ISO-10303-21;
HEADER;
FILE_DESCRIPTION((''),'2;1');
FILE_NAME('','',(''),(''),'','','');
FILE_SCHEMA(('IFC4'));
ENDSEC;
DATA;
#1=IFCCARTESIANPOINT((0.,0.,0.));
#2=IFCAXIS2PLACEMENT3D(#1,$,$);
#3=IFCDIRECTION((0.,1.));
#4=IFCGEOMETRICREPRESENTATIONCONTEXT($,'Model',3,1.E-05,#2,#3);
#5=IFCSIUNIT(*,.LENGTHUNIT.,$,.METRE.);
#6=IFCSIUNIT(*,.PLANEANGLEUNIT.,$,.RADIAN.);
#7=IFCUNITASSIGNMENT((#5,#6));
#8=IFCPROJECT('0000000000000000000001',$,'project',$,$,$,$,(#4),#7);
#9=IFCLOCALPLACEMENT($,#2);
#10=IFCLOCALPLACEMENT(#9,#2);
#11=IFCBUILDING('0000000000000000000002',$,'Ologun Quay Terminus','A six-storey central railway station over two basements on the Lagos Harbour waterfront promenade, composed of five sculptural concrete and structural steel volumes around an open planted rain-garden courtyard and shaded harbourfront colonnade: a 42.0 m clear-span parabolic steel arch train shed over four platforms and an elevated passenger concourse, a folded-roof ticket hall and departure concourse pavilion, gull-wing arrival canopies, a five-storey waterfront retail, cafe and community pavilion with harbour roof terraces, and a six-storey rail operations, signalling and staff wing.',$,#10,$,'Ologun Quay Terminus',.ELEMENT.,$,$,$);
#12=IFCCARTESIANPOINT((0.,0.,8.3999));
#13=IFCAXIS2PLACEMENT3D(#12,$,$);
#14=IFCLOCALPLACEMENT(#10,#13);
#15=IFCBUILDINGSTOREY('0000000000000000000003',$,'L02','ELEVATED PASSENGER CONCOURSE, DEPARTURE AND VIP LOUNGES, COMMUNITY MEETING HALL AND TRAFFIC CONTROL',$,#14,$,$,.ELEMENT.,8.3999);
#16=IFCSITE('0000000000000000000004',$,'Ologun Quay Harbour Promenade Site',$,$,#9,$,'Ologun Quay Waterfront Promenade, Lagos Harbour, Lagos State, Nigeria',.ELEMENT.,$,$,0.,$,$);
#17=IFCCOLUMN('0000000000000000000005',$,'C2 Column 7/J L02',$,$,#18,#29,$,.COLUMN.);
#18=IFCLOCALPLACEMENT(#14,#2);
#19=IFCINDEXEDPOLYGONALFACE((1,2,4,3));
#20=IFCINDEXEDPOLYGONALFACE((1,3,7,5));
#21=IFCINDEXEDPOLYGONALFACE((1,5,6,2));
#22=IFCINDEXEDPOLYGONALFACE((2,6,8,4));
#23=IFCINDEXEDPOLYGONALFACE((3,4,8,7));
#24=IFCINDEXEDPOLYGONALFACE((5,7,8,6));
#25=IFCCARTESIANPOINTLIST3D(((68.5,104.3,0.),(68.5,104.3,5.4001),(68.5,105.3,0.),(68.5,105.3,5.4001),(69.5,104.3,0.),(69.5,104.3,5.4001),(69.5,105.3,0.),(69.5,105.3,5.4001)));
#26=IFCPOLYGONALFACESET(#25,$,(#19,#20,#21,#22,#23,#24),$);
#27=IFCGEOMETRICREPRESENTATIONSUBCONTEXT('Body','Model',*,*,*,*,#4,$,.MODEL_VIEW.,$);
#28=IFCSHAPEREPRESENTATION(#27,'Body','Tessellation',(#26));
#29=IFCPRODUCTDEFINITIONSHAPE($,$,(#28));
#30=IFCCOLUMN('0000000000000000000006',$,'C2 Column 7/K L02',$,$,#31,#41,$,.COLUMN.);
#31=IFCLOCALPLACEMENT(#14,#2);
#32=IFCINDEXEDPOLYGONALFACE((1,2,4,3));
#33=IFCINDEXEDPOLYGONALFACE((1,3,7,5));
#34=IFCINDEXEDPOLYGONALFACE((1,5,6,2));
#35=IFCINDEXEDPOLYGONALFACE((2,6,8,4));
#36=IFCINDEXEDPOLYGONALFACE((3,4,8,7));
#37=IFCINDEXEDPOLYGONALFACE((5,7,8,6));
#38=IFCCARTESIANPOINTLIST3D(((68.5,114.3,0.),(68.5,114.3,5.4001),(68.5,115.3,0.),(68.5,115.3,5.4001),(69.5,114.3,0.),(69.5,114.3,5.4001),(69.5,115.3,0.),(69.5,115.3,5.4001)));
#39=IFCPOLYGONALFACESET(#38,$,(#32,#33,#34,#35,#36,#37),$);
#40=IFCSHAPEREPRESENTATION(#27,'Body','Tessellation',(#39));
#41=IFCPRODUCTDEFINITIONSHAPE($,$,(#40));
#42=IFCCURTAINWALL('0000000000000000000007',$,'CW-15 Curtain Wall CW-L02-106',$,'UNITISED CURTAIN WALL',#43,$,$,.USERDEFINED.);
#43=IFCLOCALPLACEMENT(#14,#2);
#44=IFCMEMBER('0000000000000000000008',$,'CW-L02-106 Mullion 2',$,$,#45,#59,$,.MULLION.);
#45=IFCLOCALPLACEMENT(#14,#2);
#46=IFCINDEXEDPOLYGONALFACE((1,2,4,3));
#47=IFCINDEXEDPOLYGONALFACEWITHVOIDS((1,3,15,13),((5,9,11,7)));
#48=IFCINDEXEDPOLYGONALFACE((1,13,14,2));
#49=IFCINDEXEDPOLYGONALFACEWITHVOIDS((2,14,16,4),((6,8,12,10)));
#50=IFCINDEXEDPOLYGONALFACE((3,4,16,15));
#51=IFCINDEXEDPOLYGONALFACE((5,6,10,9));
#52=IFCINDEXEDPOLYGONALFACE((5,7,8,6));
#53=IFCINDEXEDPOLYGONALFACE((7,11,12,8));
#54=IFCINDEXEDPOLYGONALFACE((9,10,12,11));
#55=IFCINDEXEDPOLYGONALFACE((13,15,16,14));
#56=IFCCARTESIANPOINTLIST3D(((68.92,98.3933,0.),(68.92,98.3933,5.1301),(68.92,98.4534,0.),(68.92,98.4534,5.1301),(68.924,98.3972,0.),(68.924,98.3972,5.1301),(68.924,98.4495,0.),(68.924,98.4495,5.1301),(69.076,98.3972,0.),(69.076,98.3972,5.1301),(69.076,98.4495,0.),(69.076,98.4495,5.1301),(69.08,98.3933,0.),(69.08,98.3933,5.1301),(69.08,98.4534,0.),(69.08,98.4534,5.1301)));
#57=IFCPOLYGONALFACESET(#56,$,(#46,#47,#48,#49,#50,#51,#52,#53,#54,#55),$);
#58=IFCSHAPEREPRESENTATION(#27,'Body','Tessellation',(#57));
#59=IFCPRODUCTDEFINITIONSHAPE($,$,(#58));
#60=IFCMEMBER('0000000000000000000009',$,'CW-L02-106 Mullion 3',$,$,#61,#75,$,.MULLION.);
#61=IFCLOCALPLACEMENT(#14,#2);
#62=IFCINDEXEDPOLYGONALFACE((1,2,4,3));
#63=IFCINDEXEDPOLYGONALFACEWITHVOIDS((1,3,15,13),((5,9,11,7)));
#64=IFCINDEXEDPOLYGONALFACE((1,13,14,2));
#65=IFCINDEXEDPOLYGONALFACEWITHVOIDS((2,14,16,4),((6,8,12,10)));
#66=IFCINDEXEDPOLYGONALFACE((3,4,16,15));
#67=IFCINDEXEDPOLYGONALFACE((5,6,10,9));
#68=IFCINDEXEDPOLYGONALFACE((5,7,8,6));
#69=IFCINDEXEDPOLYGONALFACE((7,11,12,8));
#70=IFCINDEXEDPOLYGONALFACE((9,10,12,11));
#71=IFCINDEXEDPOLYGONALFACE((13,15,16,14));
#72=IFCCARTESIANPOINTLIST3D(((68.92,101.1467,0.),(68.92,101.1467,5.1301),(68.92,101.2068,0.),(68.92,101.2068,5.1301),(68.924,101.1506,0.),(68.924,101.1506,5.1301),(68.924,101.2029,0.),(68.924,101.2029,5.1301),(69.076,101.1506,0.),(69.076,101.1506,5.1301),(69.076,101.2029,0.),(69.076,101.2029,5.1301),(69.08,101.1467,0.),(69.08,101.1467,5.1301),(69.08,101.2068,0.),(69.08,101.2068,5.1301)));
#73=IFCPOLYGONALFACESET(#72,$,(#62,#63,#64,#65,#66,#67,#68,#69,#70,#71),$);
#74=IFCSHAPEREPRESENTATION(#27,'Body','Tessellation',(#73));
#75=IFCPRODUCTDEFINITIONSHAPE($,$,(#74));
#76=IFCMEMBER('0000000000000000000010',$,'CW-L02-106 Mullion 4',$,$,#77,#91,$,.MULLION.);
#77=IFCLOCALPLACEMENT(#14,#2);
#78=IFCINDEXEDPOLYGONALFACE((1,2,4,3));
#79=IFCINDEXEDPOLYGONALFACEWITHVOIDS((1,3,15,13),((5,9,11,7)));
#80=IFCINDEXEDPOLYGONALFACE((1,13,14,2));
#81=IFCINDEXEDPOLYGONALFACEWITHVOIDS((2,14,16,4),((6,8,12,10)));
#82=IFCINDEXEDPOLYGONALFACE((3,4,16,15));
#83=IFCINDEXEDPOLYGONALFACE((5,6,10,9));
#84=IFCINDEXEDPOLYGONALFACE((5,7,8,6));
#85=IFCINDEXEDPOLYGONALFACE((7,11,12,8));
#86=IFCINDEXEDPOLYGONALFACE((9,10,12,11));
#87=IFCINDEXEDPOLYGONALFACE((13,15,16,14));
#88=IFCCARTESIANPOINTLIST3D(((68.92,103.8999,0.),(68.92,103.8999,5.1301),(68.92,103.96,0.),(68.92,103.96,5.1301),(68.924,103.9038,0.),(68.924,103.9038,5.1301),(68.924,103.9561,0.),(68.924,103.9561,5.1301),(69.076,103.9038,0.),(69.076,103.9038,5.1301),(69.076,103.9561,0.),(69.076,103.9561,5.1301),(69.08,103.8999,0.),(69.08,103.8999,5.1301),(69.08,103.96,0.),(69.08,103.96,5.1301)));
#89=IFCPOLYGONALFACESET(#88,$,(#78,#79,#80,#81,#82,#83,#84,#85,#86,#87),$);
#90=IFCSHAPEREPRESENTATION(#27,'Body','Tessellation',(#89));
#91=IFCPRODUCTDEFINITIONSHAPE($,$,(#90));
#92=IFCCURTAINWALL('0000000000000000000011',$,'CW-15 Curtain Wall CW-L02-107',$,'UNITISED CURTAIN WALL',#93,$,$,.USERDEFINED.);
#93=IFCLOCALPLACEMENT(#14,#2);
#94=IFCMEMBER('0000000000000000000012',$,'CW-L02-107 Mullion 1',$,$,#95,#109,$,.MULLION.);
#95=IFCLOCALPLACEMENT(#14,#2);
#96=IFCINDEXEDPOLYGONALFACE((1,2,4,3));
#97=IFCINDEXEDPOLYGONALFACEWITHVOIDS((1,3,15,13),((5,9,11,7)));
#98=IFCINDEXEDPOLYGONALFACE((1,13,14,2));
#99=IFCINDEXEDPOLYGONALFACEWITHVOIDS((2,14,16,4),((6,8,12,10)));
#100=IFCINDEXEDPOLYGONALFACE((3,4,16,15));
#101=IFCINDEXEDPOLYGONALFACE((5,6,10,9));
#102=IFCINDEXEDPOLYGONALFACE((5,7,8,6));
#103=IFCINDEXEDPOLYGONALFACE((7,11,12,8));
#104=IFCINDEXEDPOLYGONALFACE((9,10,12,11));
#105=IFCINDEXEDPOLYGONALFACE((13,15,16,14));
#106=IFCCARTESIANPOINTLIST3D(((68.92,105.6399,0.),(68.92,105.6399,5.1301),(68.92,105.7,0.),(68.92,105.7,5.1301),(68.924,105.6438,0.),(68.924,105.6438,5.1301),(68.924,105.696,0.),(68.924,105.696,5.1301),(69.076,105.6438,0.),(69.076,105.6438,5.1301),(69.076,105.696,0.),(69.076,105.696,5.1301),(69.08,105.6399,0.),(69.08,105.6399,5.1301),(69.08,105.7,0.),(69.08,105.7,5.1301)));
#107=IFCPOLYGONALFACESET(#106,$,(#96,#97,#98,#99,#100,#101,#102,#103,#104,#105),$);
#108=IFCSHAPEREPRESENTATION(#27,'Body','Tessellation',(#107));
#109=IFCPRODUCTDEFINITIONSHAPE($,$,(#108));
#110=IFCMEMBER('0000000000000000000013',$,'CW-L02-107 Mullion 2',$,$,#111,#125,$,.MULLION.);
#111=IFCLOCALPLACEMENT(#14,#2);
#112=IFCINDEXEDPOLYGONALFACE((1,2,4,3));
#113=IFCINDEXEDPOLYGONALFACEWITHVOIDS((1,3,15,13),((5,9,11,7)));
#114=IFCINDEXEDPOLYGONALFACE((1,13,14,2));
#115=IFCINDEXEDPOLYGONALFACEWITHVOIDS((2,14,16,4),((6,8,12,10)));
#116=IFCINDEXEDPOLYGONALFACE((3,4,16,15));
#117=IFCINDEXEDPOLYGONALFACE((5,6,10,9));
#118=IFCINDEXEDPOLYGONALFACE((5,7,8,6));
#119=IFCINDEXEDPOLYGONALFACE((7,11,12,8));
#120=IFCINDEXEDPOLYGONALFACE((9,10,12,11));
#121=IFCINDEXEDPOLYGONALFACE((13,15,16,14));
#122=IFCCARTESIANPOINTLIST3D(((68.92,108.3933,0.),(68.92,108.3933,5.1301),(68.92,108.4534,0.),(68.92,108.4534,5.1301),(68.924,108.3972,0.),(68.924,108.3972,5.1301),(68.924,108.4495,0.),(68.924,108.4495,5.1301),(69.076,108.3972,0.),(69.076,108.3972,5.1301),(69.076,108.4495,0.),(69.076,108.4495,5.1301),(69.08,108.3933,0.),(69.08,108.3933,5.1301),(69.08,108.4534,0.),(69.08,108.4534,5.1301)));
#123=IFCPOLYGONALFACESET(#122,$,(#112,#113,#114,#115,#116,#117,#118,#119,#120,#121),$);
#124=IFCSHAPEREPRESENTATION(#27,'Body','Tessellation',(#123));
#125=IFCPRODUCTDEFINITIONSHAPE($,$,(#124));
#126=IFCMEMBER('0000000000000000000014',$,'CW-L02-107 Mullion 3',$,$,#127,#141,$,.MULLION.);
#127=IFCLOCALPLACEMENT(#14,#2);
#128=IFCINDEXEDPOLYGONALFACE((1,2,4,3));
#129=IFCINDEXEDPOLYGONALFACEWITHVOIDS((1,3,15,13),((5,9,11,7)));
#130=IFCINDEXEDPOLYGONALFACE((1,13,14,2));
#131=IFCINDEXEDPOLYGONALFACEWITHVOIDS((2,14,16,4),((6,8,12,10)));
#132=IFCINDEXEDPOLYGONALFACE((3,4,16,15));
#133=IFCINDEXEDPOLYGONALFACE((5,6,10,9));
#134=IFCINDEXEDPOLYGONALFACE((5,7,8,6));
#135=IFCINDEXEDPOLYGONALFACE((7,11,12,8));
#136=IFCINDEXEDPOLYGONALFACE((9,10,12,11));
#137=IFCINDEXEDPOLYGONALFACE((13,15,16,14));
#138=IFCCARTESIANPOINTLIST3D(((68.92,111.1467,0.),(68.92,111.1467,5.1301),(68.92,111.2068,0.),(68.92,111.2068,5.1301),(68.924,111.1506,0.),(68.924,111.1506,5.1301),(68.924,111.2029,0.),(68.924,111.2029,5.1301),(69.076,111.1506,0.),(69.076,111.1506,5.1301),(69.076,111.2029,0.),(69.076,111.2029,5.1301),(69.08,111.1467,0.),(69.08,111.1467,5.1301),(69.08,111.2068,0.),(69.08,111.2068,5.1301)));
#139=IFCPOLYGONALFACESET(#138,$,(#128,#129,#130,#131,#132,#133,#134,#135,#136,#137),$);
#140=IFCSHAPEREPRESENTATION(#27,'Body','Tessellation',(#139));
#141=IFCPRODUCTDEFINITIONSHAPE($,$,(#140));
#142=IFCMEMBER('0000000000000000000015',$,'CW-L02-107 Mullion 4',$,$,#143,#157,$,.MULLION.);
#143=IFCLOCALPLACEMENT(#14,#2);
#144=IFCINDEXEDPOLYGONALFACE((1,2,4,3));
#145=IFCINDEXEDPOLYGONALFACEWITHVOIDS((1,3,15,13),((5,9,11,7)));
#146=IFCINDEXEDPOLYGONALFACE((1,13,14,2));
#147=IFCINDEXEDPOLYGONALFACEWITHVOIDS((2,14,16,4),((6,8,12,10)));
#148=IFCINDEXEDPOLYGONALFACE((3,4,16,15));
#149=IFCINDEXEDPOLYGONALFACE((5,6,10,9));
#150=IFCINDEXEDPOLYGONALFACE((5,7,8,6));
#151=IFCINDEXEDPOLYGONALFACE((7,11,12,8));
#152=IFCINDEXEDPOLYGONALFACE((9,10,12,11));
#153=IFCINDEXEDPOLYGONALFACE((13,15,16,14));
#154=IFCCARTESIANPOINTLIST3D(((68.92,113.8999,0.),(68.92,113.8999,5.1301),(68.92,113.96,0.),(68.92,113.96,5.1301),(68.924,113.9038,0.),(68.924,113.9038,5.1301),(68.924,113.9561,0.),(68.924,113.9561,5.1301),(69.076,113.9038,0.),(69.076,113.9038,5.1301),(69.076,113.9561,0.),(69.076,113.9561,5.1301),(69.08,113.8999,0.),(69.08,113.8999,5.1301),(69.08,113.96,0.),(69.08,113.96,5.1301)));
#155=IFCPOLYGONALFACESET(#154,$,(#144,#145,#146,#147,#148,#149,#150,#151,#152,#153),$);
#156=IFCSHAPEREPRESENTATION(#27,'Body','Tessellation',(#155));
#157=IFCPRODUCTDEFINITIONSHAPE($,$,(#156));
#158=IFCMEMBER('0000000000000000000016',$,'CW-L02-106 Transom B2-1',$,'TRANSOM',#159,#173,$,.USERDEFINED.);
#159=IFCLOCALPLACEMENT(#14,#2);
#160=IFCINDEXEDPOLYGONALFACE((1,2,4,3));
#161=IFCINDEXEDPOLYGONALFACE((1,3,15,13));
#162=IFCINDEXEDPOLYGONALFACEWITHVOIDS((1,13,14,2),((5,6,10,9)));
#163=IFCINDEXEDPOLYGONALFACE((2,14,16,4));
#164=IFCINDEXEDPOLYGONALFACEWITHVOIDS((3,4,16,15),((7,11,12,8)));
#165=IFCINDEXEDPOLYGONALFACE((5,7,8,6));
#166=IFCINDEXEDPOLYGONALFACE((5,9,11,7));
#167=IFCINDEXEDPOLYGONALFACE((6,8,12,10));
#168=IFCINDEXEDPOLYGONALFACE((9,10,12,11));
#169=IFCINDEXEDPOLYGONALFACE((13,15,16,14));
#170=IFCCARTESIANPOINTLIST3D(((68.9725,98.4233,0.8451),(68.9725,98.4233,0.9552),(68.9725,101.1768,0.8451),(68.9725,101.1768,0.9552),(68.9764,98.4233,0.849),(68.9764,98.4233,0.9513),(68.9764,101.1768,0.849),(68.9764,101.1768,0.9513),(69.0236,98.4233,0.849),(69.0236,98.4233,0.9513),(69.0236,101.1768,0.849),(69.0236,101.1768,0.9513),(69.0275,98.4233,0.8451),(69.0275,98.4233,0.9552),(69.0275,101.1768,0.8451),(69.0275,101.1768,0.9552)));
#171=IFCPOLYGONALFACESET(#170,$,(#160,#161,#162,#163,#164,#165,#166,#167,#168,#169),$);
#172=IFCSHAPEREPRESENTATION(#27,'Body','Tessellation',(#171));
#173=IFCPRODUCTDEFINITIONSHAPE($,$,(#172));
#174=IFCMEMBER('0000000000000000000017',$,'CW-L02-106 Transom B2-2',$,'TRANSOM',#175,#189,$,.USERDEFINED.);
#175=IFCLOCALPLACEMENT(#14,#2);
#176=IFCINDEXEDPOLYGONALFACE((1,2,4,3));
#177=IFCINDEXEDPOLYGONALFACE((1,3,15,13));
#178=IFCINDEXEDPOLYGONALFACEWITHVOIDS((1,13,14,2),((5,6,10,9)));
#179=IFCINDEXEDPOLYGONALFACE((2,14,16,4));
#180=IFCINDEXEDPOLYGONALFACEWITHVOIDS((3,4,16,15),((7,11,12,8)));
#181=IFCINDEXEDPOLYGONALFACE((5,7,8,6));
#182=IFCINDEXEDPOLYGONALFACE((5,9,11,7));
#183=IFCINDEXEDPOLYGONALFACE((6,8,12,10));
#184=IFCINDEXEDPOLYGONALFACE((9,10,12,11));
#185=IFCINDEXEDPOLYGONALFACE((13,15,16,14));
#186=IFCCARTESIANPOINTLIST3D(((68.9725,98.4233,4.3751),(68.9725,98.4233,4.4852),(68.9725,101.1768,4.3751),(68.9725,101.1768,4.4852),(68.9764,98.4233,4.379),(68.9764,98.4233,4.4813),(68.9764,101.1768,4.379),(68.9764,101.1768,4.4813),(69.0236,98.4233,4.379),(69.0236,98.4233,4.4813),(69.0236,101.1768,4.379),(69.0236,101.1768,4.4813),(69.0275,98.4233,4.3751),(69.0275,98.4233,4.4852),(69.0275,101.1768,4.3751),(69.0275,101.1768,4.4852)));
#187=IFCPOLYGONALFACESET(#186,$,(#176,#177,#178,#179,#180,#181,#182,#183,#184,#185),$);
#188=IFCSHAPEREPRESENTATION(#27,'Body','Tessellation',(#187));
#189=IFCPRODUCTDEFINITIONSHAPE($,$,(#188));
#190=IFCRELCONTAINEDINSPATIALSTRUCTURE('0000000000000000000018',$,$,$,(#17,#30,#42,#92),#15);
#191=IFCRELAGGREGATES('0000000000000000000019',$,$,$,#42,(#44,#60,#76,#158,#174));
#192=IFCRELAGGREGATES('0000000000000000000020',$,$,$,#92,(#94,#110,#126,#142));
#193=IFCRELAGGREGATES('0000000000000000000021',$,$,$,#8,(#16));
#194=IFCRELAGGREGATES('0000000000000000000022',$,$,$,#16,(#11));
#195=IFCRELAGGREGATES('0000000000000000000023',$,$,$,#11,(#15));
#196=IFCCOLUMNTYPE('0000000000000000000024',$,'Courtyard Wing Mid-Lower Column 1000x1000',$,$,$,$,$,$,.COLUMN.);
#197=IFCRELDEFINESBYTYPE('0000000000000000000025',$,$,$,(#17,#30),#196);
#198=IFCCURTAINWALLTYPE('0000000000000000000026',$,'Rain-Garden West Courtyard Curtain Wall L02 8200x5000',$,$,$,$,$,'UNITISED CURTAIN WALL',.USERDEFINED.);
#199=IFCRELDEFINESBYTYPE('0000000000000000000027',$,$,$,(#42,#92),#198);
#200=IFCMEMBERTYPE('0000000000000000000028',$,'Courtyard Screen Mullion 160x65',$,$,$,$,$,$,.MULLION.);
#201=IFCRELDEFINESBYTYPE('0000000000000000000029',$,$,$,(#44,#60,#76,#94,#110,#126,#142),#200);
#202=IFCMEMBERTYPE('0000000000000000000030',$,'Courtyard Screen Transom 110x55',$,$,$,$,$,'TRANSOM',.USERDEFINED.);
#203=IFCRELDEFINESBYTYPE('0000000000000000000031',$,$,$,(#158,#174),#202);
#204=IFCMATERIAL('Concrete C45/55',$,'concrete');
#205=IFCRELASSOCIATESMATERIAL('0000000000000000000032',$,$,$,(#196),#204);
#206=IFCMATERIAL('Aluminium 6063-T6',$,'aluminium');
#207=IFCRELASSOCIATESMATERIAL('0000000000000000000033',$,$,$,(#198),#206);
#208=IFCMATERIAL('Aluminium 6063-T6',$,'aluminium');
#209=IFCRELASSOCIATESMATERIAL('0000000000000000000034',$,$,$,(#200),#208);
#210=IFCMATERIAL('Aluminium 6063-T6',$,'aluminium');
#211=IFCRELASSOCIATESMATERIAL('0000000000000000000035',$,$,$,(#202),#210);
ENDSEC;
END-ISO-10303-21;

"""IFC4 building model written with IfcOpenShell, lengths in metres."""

from ifc_helpers import new_model, si_unit, direction, frame, origin, origin_2d, place, context, subcontext, project, spatial, rectangle, hollow_rectangle, extrude, material, material_profile, profile_set, type_object, element, aggregate, save


model = new_model("IFC4")

# Units and contexts
model_context = context("Model", 3, precision=1e-05, world=origin(), true_north=direction((0.0, 1.0)))
body_context = subcontext(model_context, "Body", "Model", "MODEL_VIEW")
ifc_project = project(units=[si_unit("LENGTHUNIT", "METRE"), si_unit("PLANEANGLEUNIT", "RADIAN")], contexts=[model_context])

# Site, building, storey
site_placement = place(None, origin())
site = spatial("IfcSite", under=ifc_project, at=site_placement, Name="Ologun Quay Harbour Promenade Site", LongName="Ologun Quay Waterfront Promenade, Lagos Harbour, Lagos State, Nigeria", CompositionType="ELEMENT", RefElevation=0.0)
building_placement = place(site_placement, origin())
building = spatial("IfcBuilding", under=site, at=building_placement, Name="Ologun Quay Terminus", Description="A six-storey central railway station over two basements on the Lagos Harbour waterfront promenade, composed of five sculptural concrete and structural steel volumes around an open planted rain-garden courtyard and shaded harbourfront colonnade: a 42.0 m clear-span parabolic steel arch train shed over four platforms and an elevated passenger concourse, a folded-roof ticket hall and departure concourse pavilion, gull-wing arrival canopies, a five-storey waterfront retail, cafe and community pavilion with harbour roof terraces, and a six-storey rail operations, signalling and staff wing.", LongName="Ologun Quay Terminus", CompositionType="ELEMENT")
storey_placement = place(building_placement, frame((0.0, 0.0, 8.3999)))
storey = spatial("IfcBuildingStorey", under=building, at=storey_placement, Name="L02", Description="ELEVATED PASSENGER CONCOURSE, DEPARTURE AND VIP LOUNGES, COMMUNITY MEETING HALL AND TRAFFIC CONTROL", CompositionType="ELEMENT", Elevation=8.3999)

# Columns
ifc_material_1 = material(Name="Concrete C45/55", Category="concrete")
ifc_material_profile_1 = material_profile(ifc_material_1, rectangle(XDim=1.0, YDim=1.0, at=origin_2d()), Name="RC 1000x1000")
ifc_profile_set_1 = profile_set([ifc_material_profile_1], Name="Concrete C45/55")
column_type = type_object("IfcColumnType", Name="Courtyard Wing Mid-Lower Column 1000x1000", PredefinedType="COLUMN", material=ifc_profile_set_1)
for number, where, z_axis, x_axis, name in (
    (1, (69.0, 104.8, 0.0), (0.0, 0.0, 1.0), (1.0, 0.0, 0.0), "C2 Column 7/J L02"),
    (2, (69.0, 114.8, 0.0), (0.0, 0.0, 1.0), (1.0, 0.0, 0.0), "C2 Column 7/K L02"),
):
    element("IfcColumn", number, at=place(storey_placement, frame(where, z_axis=z_axis, x_axis=x_axis)), inside=storey, type_object=column_type, Name=name, PredefinedType="COLUMN", context=body_context, shape_type="SweptSolid", body=[
        extrude(rectangle(XDim=1.0, YDim=1.0, at=origin_2d()), origin(), (0.0, 0.0, 1.0), 5.4001),
    ])

# Curtain walls, members
ifc_material_2 = material(Name="Aluminium 6063-T6", Category="aluminium")
curtain_wall_type = type_object("IfcCurtainWallType", Name="Rain-Garden West Courtyard Curtain Wall L02 8200x5000", ElementType="UNITISED CURTAIN WALL", PredefinedType="USERDEFINED", material=ifc_material_2)
curtain_wall_1_placement = place(storey_placement, origin())
curtain_wall_1 = element("IfcCurtainWall", 3, at=curtain_wall_1_placement, inside=storey, type_object=curtain_wall_type, Name="CW-15 Curtain Wall CW-L02-106", ObjectType="UNITISED CURTAIN WALL", PredefinedType="USERDEFINED")
ifc_material_3 = material(Name="Aluminium 6063-T6", Category="aluminium")
ifc_material_profile_2 = material_profile(ifc_material_3, hollow_rectangle(XDim=0.0601, YDim=0.1599, WallThickness=0.0039, at=origin_2d()), Name="ALU 160x60x4")
ifc_profile_set_2 = profile_set([ifc_material_profile_2], Name="Aluminium 6063-T6")
member_type_1 = type_object("IfcMemberType", Name="Courtyard Screen Mullion 160x65", PredefinedType="MULLION", material=ifc_profile_set_2)
member_1_placement = place(storey_placement, frame((69.0, 98.4233, 0.0), z_axis=(0.0, 0.0, 1.0), x_axis=(0.0, 1.0, 0.0)))
member_1 = element("IfcMember", 4, at=member_1_placement, type_object=member_type_1, Name="CW-L02-106 Mullion 2", PredefinedType="MULLION", context=body_context, shape_type="SweptSolid", body=[
    extrude(hollow_rectangle(XDim=0.0601, YDim=0.1599, WallThickness=0.0039, at=origin_2d()), origin(), (0.0, 0.0, 1.0), 5.1301),
])
member_2_placement = place(storey_placement, frame((69.0, 101.1768, 0.0), z_axis=(0.0, 0.0, 1.0), x_axis=(0.0, 1.0, 0.0)))
member_2 = element("IfcMember", 5, at=member_2_placement, type_object=member_type_1, Name="CW-L02-106 Mullion 3", PredefinedType="MULLION", context=body_context, shape_type="SweptSolid", body=[
    extrude(hollow_rectangle(XDim=0.0601, YDim=0.1599, WallThickness=0.0039, at=origin_2d()), origin(), (0.0, 0.0, 1.0), 5.1301),
])
member_3_placement = place(storey_placement, frame((69.0, 103.9299, 0.0), z_axis=(0.0, 0.0, 1.0), x_axis=(0.0, 1.0, 0.0)))
member_3 = element("IfcMember", 6, at=member_3_placement, type_object=member_type_1, Name="CW-L02-106 Mullion 4", PredefinedType="MULLION", context=body_context, shape_type="SweptSolid", body=[
    extrude(hollow_rectangle(XDim=0.0601, YDim=0.1599, WallThickness=0.0039, at=origin_2d()), origin(), (0.0, 0.0, 1.0), 5.1301),
])
curtain_wall_2_placement = place(storey_placement, origin())
curtain_wall_2 = element("IfcCurtainWall", 7, at=curtain_wall_2_placement, inside=storey, type_object=curtain_wall_type, Name="CW-15 Curtain Wall CW-L02-107", ObjectType="UNITISED CURTAIN WALL", PredefinedType="USERDEFINED")
member_4_placement = place(storey_placement, frame((69.0, 105.6699, 0.0), z_axis=(0.0, 0.0, 1.0), x_axis=(0.0, 1.0, 0.0)))
member_4 = element("IfcMember", 8, at=member_4_placement, type_object=member_type_1, Name="CW-L02-107 Mullion 1", PredefinedType="MULLION", context=body_context, shape_type="SweptSolid", body=[
    extrude(hollow_rectangle(XDim=0.0601, YDim=0.1599, WallThickness=0.0039, at=origin_2d()), origin(), (0.0, 0.0, 1.0), 5.1301),
])
member_5_placement = place(storey_placement, frame((69.0, 108.4233, 0.0), z_axis=(0.0, 0.0, 1.0), x_axis=(0.0, 1.0, 0.0)))
member_5 = element("IfcMember", 9, at=member_5_placement, type_object=member_type_1, Name="CW-L02-107 Mullion 2", PredefinedType="MULLION", context=body_context, shape_type="SweptSolid", body=[
    extrude(hollow_rectangle(XDim=0.0601, YDim=0.1599, WallThickness=0.0039, at=origin_2d()), origin(), (0.0, 0.0, 1.0), 5.1301),
])
member_6_placement = place(storey_placement, frame((69.0, 111.1768, 0.0), z_axis=(0.0, 0.0, 1.0), x_axis=(0.0, 1.0, 0.0)))
member_6 = element("IfcMember", 10, at=member_6_placement, type_object=member_type_1, Name="CW-L02-107 Mullion 3", PredefinedType="MULLION", context=body_context, shape_type="SweptSolid", body=[
    extrude(hollow_rectangle(XDim=0.0601, YDim=0.1599, WallThickness=0.0039, at=origin_2d()), origin(), (0.0, 0.0, 1.0), 5.1301),
])
member_7_placement = place(storey_placement, frame((69.0, 113.9299, 0.0), z_axis=(0.0, 0.0, 1.0), x_axis=(0.0, 1.0, 0.0)))
member_7 = element("IfcMember", 11, at=member_7_placement, type_object=member_type_1, Name="CW-L02-107 Mullion 4", PredefinedType="MULLION", context=body_context, shape_type="SweptSolid", body=[
    extrude(hollow_rectangle(XDim=0.0601, YDim=0.1599, WallThickness=0.0039, at=origin_2d()), origin(), (0.0, 0.0, 1.0), 5.1301),
])

# Members
ifc_material_4 = material(Name="Aluminium 6063-T6", Category="aluminium")
ifc_material_profile_3 = material_profile(ifc_material_4, hollow_rectangle(XDim=0.0549, YDim=0.1101, WallThickness=0.0039, at=origin_2d()), Name="ALU 110x55x4")
ifc_profile_set_3 = profile_set([ifc_material_profile_3], Name="Aluminium 6063-T6")
member_type_2 = type_object("IfcMemberType", Name="Courtyard Screen Transom 110x55", ElementType="TRANSOM", PredefinedType="USERDEFINED", material=ifc_profile_set_3)
member_8_placement = place(storey_placement, frame((69.0, 98.4233, 0.9001), z_axis=(0.0, 1.0, 0.0), x_axis=(-1.0, 0.0, 0.0)))
member_8 = element("IfcMember", 12, at=member_8_placement, type_object=member_type_2, Name="CW-L02-106 Transom B2-1", ObjectType="TRANSOM", PredefinedType="USERDEFINED", context=body_context, shape_type="SweptSolid", body=[
    extrude(hollow_rectangle(XDim=0.0549, YDim=0.1101, WallThickness=0.0039, at=origin_2d()), origin(), (0.0, 0.0, 1.0), 2.7534),
])
member_9_placement = place(storey_placement, frame((69.0, 98.4233, 4.4302), z_axis=(0.0, 1.0, 0.0), x_axis=(-1.0, 0.0, 0.0)))
member_9 = element("IfcMember", 13, at=member_9_placement, type_object=member_type_2, Name="CW-L02-106 Transom B2-2", ObjectType="TRANSOM", PredefinedType="USERDEFINED", context=body_context, shape_type="SweptSolid", body=[
    extrude(hollow_rectangle(XDim=0.0549, YDim=0.1101, WallThickness=0.0039, at=origin_2d()), origin(), (0.0, 0.0, 1.0), 2.7534),
])

aggregate(curtain_wall_1, [member_1, member_2, member_3, member_8, member_9])
aggregate(curtain_wall_2, [member_4, member_5, member_6, member_7])

save(model, "model.ifc")
